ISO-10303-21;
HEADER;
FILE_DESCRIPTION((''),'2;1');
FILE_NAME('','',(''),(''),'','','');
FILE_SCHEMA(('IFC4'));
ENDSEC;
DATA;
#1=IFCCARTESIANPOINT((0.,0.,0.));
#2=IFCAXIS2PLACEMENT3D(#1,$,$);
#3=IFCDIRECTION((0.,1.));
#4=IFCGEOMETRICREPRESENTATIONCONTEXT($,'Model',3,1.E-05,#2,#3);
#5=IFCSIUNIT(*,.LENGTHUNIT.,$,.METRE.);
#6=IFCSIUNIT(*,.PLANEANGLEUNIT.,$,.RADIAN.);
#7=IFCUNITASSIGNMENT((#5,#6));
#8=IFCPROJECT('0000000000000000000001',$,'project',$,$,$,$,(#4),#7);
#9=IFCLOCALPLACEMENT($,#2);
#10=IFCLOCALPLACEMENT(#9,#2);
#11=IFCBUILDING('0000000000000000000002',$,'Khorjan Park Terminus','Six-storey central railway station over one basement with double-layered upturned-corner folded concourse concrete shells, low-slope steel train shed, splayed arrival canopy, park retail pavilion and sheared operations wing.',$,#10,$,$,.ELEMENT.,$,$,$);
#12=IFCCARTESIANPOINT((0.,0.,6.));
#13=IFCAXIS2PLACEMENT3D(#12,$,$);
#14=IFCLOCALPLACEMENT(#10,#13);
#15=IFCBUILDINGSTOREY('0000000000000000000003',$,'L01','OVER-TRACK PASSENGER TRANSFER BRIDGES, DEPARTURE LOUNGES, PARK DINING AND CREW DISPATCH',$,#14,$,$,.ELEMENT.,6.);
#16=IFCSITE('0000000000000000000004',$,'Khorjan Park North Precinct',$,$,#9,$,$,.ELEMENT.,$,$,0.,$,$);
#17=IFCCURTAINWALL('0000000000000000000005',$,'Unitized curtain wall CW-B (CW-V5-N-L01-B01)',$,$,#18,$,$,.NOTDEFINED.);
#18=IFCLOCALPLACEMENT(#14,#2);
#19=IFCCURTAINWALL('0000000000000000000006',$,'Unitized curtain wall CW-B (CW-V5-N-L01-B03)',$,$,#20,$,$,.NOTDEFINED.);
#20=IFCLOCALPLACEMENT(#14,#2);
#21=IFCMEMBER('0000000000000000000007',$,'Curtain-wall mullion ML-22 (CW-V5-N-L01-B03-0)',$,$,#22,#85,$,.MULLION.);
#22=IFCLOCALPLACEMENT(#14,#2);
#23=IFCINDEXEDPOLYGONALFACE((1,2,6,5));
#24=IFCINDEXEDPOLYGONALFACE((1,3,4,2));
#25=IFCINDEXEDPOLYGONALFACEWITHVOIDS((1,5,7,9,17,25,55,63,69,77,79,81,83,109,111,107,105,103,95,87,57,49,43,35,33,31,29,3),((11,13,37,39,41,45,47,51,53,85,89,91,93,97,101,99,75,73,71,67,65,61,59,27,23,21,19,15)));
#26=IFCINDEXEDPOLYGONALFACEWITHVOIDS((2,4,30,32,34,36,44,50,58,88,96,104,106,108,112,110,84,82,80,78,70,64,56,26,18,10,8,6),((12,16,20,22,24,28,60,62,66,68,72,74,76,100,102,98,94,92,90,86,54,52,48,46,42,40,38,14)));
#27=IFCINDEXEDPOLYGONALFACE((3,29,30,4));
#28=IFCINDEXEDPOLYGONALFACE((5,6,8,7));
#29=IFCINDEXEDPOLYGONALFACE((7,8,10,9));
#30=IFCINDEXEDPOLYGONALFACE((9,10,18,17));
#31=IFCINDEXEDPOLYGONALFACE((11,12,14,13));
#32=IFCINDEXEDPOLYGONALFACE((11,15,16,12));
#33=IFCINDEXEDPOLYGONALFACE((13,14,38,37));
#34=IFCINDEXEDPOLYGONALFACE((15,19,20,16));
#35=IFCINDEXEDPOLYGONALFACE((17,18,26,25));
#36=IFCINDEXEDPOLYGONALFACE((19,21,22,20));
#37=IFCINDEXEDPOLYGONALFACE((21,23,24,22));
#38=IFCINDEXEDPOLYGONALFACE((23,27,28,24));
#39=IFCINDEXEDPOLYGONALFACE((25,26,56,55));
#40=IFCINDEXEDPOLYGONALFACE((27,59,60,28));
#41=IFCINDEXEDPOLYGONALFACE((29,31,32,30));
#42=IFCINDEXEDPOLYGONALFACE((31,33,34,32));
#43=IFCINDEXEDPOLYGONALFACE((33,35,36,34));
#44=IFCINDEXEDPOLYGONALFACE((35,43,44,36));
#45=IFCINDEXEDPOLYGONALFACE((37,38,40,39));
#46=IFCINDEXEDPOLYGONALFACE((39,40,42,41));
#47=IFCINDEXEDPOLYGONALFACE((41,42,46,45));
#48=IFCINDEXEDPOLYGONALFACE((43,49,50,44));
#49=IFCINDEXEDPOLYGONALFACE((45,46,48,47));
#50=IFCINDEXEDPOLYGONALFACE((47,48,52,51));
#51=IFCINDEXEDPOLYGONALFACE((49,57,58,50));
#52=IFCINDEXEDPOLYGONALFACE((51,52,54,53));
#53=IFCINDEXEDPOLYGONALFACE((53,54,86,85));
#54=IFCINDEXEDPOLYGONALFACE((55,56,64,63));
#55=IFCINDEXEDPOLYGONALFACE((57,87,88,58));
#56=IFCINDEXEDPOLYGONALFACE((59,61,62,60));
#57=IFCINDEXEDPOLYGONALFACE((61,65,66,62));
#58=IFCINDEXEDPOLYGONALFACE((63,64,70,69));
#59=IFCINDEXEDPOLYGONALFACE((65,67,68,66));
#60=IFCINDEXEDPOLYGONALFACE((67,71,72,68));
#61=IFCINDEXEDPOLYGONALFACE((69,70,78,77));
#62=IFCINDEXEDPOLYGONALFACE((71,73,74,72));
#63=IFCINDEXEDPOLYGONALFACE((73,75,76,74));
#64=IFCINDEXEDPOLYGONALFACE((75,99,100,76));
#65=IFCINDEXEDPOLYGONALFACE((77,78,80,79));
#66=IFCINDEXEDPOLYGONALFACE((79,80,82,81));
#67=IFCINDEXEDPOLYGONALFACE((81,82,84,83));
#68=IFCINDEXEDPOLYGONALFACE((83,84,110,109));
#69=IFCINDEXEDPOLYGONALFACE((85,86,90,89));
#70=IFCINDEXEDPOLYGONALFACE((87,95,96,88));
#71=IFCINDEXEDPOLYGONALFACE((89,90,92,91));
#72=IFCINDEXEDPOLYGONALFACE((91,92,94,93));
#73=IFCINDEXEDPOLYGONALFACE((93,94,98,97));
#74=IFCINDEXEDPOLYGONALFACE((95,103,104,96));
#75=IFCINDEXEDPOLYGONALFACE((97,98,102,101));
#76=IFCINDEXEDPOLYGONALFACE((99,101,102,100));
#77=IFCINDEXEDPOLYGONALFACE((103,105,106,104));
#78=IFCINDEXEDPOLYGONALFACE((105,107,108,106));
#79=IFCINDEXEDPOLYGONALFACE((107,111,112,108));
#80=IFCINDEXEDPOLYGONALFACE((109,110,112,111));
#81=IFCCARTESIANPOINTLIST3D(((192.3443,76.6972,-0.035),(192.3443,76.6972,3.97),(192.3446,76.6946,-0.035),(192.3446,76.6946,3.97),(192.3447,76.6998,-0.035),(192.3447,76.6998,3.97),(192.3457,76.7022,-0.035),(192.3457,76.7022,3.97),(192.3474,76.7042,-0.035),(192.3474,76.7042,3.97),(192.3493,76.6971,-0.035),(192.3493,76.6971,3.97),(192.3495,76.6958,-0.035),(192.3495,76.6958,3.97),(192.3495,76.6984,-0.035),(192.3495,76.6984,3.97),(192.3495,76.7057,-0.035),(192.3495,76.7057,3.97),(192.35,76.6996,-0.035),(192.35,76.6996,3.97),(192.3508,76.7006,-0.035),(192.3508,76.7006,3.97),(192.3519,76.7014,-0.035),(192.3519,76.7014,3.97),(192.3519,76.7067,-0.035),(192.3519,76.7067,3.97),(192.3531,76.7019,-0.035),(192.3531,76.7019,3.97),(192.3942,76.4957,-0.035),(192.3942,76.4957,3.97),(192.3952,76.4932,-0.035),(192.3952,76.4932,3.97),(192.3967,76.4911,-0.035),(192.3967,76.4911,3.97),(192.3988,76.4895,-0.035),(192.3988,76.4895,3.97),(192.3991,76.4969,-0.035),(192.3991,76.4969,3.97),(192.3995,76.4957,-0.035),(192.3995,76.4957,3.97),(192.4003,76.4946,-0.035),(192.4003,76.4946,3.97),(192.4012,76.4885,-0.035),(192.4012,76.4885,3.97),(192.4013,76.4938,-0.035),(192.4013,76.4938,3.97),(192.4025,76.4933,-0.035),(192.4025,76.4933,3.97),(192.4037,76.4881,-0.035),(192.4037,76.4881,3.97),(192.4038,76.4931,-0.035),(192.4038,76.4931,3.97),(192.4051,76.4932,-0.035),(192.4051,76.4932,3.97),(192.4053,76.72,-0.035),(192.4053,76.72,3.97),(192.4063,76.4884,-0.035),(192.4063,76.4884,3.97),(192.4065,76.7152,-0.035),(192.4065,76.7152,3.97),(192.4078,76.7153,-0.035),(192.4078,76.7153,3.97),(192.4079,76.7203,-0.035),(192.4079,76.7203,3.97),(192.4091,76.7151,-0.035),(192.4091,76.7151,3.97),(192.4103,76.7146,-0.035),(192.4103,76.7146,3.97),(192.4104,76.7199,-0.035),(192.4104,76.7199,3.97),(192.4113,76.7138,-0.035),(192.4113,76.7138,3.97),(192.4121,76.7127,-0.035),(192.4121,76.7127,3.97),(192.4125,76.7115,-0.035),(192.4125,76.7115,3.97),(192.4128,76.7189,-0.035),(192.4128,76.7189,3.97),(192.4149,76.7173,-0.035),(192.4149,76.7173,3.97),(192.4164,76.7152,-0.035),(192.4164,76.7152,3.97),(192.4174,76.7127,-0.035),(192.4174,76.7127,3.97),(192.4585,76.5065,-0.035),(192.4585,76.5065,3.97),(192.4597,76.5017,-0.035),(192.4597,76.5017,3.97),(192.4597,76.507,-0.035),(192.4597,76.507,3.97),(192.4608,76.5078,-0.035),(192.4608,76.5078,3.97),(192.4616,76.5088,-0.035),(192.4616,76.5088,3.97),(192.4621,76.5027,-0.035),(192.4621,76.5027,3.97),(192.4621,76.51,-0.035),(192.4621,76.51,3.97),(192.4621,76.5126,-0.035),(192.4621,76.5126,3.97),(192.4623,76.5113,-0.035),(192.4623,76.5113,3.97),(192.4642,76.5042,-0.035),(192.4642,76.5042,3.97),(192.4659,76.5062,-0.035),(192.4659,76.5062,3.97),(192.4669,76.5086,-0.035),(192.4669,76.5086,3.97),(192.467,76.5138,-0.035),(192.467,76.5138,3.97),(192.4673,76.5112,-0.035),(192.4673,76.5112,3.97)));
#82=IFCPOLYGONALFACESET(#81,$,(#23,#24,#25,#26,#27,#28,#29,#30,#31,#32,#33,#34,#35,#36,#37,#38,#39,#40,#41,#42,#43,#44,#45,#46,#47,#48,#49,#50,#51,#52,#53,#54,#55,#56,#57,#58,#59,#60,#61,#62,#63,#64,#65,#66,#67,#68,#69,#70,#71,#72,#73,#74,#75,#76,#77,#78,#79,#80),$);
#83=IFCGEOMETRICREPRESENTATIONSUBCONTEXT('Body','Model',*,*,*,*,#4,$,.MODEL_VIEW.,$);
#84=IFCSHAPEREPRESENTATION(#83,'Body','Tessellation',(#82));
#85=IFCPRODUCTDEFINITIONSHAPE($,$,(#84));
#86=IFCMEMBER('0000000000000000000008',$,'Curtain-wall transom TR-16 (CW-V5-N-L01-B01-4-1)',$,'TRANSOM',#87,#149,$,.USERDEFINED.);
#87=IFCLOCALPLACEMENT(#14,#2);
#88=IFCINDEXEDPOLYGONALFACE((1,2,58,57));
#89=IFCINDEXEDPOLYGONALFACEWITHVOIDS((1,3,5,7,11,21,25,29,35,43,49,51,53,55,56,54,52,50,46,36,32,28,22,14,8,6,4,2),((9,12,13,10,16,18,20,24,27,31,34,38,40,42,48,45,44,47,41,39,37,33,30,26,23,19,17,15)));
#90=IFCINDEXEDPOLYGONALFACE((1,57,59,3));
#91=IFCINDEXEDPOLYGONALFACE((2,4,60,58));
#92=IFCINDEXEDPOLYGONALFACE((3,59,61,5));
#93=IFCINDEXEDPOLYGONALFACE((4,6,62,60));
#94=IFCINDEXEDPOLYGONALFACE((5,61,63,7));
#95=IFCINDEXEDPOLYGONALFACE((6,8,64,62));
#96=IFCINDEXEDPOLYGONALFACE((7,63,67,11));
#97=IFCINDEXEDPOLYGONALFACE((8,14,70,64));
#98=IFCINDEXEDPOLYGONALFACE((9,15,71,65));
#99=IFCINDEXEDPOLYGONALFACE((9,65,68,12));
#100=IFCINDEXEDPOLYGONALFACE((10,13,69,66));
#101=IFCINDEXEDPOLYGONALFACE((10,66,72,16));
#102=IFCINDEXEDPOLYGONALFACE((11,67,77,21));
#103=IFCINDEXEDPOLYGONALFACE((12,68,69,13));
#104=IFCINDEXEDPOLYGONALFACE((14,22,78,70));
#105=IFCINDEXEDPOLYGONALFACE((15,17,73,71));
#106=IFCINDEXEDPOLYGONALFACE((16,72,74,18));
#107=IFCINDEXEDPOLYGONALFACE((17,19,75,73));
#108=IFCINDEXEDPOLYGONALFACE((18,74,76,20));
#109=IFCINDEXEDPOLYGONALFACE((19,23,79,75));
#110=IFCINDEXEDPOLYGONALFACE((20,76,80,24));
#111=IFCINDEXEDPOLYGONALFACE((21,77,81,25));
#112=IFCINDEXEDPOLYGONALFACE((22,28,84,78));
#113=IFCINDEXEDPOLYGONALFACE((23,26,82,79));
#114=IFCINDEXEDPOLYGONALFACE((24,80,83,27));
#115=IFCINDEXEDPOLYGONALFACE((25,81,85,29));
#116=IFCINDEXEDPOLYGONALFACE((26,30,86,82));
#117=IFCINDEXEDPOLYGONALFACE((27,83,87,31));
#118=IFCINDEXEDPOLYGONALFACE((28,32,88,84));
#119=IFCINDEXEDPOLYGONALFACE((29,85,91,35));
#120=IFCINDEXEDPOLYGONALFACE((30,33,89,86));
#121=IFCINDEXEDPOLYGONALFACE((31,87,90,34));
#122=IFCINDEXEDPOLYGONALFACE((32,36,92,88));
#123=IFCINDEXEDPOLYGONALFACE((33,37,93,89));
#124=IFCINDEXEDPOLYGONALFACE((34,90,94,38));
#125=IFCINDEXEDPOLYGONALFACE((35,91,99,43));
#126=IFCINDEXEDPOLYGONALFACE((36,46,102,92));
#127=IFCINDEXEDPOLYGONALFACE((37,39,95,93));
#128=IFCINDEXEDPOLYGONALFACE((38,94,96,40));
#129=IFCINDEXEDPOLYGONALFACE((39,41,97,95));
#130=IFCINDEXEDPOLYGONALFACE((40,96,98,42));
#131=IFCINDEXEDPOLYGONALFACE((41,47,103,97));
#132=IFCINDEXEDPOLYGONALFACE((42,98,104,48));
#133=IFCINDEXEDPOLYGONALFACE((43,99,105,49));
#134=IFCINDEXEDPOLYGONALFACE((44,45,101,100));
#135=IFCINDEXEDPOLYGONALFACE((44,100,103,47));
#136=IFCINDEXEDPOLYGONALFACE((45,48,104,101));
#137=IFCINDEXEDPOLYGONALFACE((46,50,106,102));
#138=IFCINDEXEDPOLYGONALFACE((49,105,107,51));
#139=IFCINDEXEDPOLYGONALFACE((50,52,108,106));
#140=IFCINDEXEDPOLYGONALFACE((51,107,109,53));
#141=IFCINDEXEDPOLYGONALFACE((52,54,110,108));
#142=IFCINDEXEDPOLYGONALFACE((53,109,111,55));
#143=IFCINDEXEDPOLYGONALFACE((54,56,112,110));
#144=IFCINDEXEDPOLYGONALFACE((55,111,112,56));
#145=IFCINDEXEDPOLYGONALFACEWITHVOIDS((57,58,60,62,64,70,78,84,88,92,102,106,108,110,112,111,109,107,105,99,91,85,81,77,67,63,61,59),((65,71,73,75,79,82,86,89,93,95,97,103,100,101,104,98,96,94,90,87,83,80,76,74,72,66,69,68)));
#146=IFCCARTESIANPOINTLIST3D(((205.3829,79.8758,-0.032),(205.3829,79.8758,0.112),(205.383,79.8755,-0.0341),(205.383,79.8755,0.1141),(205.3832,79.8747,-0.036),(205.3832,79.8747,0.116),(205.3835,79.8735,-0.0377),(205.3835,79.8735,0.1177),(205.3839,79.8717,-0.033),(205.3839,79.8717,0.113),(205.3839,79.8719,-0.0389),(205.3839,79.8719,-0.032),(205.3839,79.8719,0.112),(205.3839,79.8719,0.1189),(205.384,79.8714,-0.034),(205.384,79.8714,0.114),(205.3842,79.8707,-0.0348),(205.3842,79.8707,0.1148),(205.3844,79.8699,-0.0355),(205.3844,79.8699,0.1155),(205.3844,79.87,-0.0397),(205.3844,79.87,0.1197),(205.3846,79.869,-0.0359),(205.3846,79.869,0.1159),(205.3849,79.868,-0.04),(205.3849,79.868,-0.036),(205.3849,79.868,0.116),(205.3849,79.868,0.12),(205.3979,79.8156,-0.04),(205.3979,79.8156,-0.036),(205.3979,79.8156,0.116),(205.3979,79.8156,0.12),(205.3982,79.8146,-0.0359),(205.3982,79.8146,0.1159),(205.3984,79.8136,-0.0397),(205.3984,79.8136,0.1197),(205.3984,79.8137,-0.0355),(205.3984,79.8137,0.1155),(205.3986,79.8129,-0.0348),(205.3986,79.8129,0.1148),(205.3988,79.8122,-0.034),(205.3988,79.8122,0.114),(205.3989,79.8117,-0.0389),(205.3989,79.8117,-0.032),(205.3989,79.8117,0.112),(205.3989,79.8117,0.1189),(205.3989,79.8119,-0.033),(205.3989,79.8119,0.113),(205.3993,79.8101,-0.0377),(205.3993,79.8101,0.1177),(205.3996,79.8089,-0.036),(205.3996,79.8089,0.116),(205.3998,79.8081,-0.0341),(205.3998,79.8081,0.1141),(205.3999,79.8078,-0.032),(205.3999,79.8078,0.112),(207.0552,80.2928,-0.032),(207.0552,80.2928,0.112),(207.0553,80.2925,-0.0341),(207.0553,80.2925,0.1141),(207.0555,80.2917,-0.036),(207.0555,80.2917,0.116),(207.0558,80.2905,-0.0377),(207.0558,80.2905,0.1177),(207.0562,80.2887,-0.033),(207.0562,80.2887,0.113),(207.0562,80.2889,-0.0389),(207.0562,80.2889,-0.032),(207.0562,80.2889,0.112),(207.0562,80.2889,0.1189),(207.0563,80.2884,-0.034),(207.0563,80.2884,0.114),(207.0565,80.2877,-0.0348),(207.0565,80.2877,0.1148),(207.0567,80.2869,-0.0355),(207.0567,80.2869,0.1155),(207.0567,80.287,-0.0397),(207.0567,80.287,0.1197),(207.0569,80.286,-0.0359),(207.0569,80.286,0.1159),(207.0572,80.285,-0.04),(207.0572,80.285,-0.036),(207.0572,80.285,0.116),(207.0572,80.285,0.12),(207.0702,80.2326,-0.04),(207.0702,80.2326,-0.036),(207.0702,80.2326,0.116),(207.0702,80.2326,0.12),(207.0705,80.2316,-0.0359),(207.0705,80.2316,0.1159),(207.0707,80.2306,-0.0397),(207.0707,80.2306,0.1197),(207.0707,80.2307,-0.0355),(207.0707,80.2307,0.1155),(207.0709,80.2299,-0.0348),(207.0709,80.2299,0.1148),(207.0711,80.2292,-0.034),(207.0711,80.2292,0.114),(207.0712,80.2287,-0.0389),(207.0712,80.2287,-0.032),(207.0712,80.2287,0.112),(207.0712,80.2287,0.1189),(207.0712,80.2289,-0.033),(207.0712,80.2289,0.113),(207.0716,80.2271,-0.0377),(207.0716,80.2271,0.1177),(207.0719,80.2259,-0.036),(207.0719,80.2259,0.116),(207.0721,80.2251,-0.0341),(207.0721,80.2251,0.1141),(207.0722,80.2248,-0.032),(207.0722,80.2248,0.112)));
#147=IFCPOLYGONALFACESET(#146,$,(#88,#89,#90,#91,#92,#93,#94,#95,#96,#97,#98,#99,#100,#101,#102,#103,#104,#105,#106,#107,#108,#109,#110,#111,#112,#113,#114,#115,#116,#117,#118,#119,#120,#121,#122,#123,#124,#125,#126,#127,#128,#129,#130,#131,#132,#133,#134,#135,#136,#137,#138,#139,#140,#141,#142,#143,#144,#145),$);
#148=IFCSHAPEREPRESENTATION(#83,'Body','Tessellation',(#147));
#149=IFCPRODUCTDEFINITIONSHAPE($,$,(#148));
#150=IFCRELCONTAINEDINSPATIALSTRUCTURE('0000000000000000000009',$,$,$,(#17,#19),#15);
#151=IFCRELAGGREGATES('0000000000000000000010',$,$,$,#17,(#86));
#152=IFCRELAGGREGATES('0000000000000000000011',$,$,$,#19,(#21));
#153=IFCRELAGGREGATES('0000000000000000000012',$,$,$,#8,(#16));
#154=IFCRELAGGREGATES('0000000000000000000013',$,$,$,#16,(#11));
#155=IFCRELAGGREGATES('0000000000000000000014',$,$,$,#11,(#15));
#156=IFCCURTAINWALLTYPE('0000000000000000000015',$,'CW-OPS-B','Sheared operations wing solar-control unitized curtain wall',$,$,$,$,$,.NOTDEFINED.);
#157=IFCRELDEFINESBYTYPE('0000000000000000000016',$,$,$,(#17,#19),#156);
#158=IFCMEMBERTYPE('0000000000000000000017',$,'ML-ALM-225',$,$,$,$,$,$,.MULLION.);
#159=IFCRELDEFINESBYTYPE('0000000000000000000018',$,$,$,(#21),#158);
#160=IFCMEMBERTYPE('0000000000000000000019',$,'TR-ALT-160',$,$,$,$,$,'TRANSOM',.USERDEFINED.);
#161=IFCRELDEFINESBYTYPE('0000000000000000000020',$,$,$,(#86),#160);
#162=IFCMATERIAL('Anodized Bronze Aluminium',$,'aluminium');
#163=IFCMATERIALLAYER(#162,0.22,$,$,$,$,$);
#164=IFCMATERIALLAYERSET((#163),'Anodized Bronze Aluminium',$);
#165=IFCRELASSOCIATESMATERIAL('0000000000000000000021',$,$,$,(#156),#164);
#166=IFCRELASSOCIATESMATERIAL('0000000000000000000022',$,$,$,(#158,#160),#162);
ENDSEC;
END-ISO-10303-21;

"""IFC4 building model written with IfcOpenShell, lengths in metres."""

from ifc_helpers import new_model, si_unit, direction, frame, origin, origin_2d, place, context, subcontext, project, spatial, hollow_rectangle, extrude, material, layer, layer_set, material_profile, profile_set, type_object, element, aggregate, save


model = new_model("IFC4")

# Units and contexts
model_context = context("Model", 3, precision=1e-05, world=origin(), true_north=direction((0.0, 1.0)))
body_context = subcontext(model_context, "Body", "Model", "MODEL_VIEW")
ifc_project = project(units=[si_unit("LENGTHUNIT", "METRE"), si_unit("PLANEANGLEUNIT", "RADIAN")], contexts=[model_context])

# Site, building, storey
site_placement = place(None, origin())
site = spatial("IfcSite", under=ifc_project, at=site_placement, Name="Khorjan Park North Precinct", CompositionType="ELEMENT", RefElevation=0.0)
building_placement = place(site_placement, origin())
building = spatial("IfcBuilding", under=site, at=building_placement, Name="Khorjan Park Terminus", Description="Six-storey central railway station over one basement with double-layered upturned-corner folded concourse concrete shells, low-slope steel train shed, splayed arrival canopy, park retail pavilion and sheared operations wing.", CompositionType="ELEMENT")
storey_placement = place(building_placement, frame((0.0, 0.0, 6.0)))
storey = spatial("IfcBuildingStorey", under=building, at=storey_placement, Name="L01", Description="OVER-TRACK PASSENGER TRANSFER BRIDGES, DEPARTURE LOUNGES, PARK DINING AND CREW DISPATCH", CompositionType="ELEMENT", Elevation=6.0)

# Curtain wall
ifc_material_1 = material(Name="Anodized Bronze Aluminium", Category="aluminium")
ifc_layer_1 = layer(ifc_material_1, 0.22)
ifc_layer_set_1 = layer_set([ifc_layer_1], Name="Anodized Bronze Aluminium")
curtain_wall_type = type_object("IfcCurtainWallType", Name="CW-OPS-B", Description="Sheared operations wing solar-control unitized curtain wall", PredefinedType="NOTDEFINED", material=ifc_layer_set_1)
curtain_wall_1_placement = place(storey_placement, origin())
curtain_wall_1 = element("IfcCurtainWall", 1, at=curtain_wall_1_placement, inside=storey, type_object=curtain_wall_type, Name="Unitized curtain wall CW-B (CW-V5-N-L01-B01)", PredefinedType="NOTDEFINED")
ifc_material_profile_1 = material_profile(ifc_material_1, hollow_rectangle(XDim=0.075, YDim=0.225, WallThickness=0.005, InnerFilletRadius=0.005, OuterFilletRadius=0.01, at=origin_2d()), Name="ALM 75x225x5")
ifc_profile_set_1 = profile_set([ifc_material_profile_1], Name="Anodized Bronze Aluminium")
member_type_1 = type_object("IfcMemberType", Name="ML-ALM-225", PredefinedType="MULLION", material=ifc_profile_set_1)

# Curtain wall, member
curtain_wall_2_placement = place(storey_placement, origin())
curtain_wall_2 = element("IfcCurtainWall", 2, at=curtain_wall_2_placement, inside=storey, type_object=curtain_wall_type, Name="Unitized curtain wall CW-B (CW-V5-N-L01-B03)", PredefinedType="NOTDEFINED")
member_1_placement = place(storey_placement, frame((192.4058, 76.6042, -0.035), z_axis=(0.0, 0.0, 1.0), x_axis=(-0.970296, -0.241921, 0.0)))
member_1 = element("IfcMember", 3, at=member_1_placement, type_object=member_type_1, Name="Curtain-wall mullion ML-22 (CW-V5-N-L01-B03-0)", PredefinedType="MULLION", context=body_context, shape_type="SweptSolid", body=[
    extrude(hollow_rectangle(XDim=0.075, YDim=0.225, WallThickness=0.005, InnerFilletRadius=0.005, OuterFilletRadius=0.01, at=origin_2d()), origin(), (0.0, 0.0, 1.0), 4.005),
])

# Member
ifc_material_profile_2 = material_profile(ifc_material_1, hollow_rectangle(XDim=0.07, YDim=0.16, WallThickness=0.004, InnerFilletRadius=0.004, OuterFilletRadius=0.008, at=origin_2d()), Name="ALT 70x160x4")
ifc_profile_set_2 = profile_set([ifc_material_profile_2], Name="Anodized Bronze Aluminium")
member_type_2 = type_object("IfcMemberType", Name="TR-ALT-160", ElementType="TRANSOM", PredefinedType="USERDEFINED", material=ifc_profile_set_2)
member_2_placement = place(storey_placement, frame((207.0637, 80.2588, 0.04), z_axis=(-0.970289, -0.241949, 0.0), x_axis=(0.241949, -0.970289, 0.0)))
member_2 = element("IfcMember", 4, at=member_2_placement, type_object=member_type_2, Name="Curtain-wall transom TR-16 (CW-V5-N-L01-B01-4-1)", ObjectType="TRANSOM", PredefinedType="USERDEFINED", context=body_context, shape_type="SweptSolid", body=[
    extrude(hollow_rectangle(XDim=0.07, YDim=0.16, WallThickness=0.004, InnerFilletRadius=0.004, OuterFilletRadius=0.008, at=origin_2d()), origin(), (0.0, 0.0, 1.0), 1.7235),
])

aggregate(curtain_wall_1, [member_2])
aggregate(curtain_wall_2, [member_1])

save(model, "model.ifc")
